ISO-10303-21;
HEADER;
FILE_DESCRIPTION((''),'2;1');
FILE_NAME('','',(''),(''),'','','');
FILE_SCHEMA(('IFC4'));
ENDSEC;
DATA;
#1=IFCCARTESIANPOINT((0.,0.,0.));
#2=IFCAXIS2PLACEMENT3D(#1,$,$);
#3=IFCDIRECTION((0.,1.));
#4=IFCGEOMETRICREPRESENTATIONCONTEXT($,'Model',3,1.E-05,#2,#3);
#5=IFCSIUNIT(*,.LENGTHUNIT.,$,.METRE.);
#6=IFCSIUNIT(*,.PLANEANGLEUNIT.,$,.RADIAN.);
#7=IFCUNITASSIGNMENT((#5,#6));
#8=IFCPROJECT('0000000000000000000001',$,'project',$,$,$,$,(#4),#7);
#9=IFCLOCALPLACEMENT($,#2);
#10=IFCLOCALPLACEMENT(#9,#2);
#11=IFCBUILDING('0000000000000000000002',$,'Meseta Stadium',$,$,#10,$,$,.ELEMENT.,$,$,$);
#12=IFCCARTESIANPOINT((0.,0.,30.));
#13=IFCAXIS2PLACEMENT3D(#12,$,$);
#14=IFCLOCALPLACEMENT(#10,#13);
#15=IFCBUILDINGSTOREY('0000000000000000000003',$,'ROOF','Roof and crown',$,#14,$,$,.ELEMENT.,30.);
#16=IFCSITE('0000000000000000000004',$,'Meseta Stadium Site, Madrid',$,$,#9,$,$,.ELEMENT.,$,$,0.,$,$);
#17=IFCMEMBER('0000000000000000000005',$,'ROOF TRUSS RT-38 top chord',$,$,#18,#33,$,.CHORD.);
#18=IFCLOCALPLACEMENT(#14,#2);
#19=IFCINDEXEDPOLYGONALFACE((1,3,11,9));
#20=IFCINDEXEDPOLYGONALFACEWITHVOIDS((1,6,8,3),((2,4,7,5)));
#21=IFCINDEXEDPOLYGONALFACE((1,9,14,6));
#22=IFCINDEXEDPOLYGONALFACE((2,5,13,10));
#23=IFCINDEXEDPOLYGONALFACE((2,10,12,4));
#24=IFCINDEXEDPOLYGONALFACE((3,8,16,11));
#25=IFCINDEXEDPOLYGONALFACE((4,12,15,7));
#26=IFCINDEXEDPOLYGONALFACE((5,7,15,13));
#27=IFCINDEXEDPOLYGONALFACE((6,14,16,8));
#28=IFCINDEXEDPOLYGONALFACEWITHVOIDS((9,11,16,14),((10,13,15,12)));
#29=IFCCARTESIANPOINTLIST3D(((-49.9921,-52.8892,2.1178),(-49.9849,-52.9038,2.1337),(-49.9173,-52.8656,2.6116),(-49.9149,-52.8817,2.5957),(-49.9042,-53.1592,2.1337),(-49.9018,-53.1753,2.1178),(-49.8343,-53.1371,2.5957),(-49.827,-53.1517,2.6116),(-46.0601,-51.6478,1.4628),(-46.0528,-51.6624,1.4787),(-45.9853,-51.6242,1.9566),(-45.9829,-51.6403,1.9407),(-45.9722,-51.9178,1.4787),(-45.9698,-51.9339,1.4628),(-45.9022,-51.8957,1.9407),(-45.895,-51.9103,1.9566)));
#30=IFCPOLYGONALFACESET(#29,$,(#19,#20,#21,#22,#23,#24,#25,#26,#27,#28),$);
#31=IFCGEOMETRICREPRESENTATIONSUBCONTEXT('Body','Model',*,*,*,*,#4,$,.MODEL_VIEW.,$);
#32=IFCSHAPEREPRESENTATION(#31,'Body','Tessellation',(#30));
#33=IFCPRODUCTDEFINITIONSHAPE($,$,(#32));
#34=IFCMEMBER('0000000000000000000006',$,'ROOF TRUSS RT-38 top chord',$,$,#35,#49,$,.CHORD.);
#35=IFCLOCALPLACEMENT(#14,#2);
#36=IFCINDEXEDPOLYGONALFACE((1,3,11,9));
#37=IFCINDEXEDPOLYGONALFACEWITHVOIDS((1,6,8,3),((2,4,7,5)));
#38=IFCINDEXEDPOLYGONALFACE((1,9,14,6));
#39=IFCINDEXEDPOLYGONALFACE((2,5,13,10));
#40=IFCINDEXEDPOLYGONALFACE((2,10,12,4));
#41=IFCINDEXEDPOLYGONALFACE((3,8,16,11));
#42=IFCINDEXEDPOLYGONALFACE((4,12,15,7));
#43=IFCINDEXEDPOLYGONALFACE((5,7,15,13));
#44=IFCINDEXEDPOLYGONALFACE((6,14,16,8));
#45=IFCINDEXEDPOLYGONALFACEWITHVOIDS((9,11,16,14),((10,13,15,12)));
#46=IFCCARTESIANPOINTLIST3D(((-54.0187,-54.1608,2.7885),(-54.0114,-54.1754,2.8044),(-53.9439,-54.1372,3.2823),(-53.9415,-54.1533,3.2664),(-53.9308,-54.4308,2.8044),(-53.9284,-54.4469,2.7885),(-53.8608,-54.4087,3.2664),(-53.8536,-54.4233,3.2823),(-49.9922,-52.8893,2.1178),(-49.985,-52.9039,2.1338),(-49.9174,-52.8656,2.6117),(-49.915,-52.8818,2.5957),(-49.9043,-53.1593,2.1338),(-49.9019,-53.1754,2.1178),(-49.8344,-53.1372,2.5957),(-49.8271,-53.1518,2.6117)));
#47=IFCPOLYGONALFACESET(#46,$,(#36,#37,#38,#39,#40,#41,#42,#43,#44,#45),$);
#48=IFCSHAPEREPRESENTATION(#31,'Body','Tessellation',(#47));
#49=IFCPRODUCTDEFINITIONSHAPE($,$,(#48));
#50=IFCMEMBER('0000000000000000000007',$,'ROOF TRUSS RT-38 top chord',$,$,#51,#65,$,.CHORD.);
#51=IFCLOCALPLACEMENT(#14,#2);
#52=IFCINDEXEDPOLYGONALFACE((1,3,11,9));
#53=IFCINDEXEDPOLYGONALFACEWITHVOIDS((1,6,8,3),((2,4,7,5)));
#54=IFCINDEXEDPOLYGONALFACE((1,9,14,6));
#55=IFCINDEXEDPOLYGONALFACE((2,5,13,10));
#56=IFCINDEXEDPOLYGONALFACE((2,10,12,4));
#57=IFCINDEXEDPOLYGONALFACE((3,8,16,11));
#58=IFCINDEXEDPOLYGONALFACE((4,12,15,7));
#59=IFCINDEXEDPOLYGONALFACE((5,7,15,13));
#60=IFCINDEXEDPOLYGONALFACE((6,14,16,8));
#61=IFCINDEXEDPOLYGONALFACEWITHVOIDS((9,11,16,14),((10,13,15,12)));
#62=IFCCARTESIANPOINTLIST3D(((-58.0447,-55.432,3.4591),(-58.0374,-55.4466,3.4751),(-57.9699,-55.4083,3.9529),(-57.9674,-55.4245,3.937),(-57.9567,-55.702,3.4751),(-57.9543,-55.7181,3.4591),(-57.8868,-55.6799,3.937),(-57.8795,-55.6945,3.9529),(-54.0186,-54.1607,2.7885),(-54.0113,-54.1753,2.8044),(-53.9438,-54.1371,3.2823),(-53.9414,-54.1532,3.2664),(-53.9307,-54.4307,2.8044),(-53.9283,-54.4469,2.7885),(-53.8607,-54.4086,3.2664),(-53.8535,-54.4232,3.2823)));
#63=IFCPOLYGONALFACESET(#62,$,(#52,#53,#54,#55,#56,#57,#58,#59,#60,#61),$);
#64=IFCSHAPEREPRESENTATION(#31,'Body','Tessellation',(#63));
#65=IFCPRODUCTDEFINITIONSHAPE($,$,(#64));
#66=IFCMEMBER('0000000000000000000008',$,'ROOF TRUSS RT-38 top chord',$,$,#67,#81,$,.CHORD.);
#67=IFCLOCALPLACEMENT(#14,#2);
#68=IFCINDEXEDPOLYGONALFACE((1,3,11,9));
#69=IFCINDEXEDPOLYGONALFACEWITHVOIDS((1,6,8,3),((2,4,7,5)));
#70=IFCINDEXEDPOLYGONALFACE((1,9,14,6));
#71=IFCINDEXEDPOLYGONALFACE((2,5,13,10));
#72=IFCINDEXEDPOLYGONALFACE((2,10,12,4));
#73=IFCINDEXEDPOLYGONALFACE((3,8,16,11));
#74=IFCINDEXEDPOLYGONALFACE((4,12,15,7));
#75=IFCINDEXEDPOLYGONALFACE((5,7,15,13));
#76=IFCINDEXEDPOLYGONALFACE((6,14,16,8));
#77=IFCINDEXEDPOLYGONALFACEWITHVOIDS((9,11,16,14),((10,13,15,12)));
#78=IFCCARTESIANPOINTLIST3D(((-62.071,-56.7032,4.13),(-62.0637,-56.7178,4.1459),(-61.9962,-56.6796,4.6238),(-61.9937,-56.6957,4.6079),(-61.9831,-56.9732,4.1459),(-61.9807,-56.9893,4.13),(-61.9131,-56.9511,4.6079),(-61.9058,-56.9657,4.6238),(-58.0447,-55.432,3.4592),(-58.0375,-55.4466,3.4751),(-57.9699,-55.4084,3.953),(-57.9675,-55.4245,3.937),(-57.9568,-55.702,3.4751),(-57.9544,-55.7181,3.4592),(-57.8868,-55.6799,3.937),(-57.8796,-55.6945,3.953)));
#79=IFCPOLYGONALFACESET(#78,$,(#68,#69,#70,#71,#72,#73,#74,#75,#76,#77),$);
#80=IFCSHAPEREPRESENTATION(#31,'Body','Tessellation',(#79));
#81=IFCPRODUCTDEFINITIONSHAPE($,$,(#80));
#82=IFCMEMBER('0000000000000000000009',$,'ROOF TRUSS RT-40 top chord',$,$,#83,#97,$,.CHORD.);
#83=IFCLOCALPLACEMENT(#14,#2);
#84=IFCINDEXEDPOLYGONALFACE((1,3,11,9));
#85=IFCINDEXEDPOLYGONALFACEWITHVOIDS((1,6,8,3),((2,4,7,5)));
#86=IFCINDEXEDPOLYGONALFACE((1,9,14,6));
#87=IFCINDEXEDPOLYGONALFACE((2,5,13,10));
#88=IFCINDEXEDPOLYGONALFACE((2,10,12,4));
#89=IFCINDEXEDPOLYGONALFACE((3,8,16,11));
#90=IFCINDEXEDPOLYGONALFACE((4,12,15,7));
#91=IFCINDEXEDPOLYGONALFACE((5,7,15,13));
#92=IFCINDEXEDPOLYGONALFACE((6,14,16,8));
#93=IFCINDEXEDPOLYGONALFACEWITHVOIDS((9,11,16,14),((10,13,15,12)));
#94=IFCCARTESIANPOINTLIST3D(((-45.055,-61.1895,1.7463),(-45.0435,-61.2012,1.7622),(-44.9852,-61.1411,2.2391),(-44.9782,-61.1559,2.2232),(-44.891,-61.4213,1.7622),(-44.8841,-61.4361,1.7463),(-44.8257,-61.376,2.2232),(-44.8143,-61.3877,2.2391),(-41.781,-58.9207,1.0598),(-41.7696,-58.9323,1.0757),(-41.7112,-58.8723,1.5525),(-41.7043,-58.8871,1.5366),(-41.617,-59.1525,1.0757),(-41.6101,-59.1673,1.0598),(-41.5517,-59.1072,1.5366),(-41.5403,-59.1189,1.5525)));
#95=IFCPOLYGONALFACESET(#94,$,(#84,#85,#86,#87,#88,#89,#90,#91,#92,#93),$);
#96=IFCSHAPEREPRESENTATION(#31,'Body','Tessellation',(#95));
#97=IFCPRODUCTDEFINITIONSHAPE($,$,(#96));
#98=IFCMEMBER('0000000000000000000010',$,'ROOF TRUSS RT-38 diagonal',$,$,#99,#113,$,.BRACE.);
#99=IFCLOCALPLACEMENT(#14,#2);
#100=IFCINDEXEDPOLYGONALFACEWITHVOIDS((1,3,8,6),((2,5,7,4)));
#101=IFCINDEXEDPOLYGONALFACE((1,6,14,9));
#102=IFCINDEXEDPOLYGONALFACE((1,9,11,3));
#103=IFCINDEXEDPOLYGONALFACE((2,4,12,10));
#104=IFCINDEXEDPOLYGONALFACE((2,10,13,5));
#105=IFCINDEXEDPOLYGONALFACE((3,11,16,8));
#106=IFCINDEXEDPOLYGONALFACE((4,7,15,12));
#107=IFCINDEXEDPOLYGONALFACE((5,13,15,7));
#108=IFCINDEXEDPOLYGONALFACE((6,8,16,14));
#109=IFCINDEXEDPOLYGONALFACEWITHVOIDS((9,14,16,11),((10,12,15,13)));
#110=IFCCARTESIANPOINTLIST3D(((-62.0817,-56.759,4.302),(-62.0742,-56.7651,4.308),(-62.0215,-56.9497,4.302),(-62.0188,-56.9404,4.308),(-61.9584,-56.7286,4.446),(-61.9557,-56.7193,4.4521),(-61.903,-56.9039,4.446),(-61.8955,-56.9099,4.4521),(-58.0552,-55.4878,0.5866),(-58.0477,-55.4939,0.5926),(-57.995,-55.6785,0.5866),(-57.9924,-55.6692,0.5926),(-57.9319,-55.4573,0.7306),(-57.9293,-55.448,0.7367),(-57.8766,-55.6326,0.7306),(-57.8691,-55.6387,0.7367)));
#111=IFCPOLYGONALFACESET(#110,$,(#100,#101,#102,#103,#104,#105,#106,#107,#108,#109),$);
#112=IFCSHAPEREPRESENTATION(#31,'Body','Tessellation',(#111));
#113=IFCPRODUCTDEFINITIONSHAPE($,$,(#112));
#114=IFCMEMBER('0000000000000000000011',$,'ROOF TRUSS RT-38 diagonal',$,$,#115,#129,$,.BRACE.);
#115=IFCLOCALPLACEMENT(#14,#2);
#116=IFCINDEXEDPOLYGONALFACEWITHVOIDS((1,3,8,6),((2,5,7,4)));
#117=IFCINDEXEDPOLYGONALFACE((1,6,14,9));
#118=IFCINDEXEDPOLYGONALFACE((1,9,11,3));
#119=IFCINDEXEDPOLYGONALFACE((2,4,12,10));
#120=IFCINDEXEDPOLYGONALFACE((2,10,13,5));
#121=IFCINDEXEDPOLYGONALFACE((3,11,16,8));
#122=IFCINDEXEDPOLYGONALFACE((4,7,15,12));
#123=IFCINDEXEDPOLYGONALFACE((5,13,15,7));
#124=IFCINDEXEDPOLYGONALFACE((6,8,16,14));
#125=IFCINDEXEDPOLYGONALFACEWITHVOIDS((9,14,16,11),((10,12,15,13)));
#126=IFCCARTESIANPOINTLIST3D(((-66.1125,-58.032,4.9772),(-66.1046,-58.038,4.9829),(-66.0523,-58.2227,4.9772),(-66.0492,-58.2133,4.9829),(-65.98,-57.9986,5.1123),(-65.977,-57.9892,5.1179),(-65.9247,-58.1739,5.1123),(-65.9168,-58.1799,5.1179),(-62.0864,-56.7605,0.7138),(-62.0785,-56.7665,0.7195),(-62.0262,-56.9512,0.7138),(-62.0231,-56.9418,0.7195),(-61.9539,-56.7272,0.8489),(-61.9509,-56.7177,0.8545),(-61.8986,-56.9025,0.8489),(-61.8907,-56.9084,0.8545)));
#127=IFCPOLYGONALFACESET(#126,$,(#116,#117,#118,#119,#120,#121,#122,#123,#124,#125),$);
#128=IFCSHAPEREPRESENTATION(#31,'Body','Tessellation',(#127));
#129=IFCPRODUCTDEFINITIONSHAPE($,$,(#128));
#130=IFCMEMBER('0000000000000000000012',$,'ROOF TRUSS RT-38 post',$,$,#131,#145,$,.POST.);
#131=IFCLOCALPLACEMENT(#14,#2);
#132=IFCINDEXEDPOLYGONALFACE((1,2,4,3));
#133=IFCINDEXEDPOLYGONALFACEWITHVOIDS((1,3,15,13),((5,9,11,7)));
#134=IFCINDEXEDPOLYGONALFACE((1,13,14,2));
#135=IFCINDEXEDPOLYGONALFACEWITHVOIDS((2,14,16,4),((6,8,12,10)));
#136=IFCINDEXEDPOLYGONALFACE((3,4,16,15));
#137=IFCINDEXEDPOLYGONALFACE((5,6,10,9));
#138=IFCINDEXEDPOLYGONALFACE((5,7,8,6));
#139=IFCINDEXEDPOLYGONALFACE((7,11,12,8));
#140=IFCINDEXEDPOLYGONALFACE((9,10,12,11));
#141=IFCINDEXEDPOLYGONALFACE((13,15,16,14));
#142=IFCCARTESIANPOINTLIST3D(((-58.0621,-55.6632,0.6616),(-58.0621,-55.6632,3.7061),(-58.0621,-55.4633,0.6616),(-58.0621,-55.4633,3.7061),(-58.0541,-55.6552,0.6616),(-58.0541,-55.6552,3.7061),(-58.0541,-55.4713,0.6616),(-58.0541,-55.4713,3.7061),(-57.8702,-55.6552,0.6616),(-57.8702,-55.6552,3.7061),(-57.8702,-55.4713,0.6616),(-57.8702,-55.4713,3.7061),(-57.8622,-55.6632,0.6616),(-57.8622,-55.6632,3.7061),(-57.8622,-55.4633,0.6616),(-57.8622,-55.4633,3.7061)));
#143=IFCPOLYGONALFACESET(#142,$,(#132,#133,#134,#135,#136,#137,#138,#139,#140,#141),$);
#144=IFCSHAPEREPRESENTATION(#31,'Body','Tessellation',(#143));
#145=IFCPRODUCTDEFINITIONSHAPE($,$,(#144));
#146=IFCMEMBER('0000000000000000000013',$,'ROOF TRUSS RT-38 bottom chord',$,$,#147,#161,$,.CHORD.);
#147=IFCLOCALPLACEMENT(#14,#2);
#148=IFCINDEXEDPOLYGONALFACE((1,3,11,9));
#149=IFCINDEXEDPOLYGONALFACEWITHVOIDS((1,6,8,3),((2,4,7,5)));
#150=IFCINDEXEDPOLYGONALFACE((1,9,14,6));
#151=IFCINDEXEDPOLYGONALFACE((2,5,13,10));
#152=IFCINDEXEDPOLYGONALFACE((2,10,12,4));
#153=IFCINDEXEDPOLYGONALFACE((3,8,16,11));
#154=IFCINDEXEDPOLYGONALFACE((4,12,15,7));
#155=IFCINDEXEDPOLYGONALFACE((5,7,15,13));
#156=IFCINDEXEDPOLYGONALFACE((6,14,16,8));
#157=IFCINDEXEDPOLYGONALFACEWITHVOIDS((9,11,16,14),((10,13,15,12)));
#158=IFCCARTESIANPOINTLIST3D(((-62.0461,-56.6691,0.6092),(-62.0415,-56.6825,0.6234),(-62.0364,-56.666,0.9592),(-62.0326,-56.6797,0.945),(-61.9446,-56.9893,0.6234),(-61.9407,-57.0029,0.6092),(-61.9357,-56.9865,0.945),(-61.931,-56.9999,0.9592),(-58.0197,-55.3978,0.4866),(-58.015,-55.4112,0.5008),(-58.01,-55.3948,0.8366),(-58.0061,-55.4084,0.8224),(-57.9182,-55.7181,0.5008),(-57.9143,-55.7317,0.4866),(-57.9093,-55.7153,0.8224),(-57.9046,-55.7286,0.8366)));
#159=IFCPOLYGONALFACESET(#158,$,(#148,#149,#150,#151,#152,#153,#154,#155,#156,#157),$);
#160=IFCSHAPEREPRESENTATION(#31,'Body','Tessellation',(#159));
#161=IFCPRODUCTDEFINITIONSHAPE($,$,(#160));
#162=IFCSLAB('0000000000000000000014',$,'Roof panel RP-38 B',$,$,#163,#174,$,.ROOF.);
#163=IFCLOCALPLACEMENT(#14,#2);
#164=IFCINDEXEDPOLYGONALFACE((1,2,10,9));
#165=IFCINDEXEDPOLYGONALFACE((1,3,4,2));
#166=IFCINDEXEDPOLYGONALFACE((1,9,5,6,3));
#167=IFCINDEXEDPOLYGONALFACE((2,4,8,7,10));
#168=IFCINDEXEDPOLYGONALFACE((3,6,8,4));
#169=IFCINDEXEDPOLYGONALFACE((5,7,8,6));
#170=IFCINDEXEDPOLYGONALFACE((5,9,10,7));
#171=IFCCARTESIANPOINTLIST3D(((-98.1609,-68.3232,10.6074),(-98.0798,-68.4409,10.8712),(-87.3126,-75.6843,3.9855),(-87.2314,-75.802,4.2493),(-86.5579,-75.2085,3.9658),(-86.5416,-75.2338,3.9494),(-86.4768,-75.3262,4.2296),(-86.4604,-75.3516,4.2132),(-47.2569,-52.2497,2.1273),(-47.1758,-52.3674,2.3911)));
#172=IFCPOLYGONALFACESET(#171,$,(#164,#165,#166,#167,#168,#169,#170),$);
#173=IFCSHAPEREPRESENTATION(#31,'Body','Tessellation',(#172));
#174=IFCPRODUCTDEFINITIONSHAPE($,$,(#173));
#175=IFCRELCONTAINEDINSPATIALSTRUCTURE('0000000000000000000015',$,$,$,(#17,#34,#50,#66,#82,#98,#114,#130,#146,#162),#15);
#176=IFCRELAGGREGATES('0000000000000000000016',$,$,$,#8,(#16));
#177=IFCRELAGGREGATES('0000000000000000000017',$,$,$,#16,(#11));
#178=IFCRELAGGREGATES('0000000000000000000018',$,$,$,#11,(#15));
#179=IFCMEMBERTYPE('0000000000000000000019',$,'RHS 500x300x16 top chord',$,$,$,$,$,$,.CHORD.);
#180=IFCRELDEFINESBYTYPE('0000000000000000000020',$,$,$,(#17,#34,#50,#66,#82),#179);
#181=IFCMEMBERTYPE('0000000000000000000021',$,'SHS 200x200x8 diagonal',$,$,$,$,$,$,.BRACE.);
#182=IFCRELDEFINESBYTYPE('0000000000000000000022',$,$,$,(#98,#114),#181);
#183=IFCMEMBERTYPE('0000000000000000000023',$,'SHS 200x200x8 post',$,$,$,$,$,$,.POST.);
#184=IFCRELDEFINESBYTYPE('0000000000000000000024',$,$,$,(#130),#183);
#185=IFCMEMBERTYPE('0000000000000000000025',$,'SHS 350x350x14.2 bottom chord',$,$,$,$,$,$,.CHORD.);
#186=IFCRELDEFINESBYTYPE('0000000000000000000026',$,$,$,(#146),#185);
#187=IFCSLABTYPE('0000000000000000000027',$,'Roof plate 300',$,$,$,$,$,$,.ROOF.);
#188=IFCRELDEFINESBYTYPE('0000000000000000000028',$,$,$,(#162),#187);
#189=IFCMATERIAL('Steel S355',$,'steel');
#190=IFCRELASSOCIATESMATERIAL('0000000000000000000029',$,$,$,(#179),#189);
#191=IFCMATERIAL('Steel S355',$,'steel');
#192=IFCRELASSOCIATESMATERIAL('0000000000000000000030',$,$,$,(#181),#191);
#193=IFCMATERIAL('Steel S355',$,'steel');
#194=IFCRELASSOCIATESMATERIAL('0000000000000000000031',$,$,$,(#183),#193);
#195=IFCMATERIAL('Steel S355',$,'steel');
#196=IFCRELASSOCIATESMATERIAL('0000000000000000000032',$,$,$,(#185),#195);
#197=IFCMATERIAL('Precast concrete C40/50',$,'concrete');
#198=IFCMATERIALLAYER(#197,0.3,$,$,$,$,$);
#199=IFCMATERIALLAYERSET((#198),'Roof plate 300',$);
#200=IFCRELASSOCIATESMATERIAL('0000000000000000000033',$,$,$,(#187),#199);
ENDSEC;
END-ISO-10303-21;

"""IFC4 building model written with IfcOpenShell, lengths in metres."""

from ifc_helpers import new_model, si_unit, direction, frame, origin, origin_2d, place, context, subcontext, project, spatial, polyline, hollow_rectangle, outline, extrude, material, layer, layer_set, material_profile, profile_set, type_object, element, save


model = new_model("IFC4")

# Units and contexts
model_context = context("Model", 3, precision=1e-05, world=origin(), true_north=direction((0.0, 1.0)))
body_context = subcontext(model_context, "Body", "Model", "MODEL_VIEW")
ifc_project = project(units=[si_unit("LENGTHUNIT", "METRE"), si_unit("PLANEANGLEUNIT", "RADIAN")], contexts=[model_context])

# Site, building, storey
site_placement = place(None, origin())
site = spatial("IfcSite", under=ifc_project, at=site_placement, Name="Meseta Stadium Site, Madrid", CompositionType="ELEMENT", RefElevation=0.0)
building_placement = place(site_placement, origin())
building = spatial("IfcBuilding", under=site, at=building_placement, Name="Meseta Stadium", CompositionType="ELEMENT")
storey_placement = place(building_placement, frame((0.0, 0.0, 30.0)))
storey = spatial("IfcBuildingStorey", under=building, at=storey_placement, Name="ROOF", Description="Roof and crown", CompositionType="ELEMENT", Elevation=30.0)

# Members
ifc_material_1 = material(Name="Steel S355", Category="steel")
ifc_material_profile_1 = material_profile(ifc_material_1, hollow_rectangle(XDim=0.3, YDim=0.5, WallThickness=0.0161, at=origin_2d()), Name="RHS 500x300x16")
ifc_profile_set_1 = profile_set([ifc_material_profile_1], Name="Steel S355")
member_type_1 = type_object("IfcMemberType", Name="RHS 500x300x16 top chord", PredefinedType="CHORD", material=ifc_profile_set_1)
member_1_placement = place(storey_placement, frame((-45.9775, -51.7791, 1.7097), z_axis=(-0.941793, -0.297344, 0.156887), x_axis=(0.301072, -0.953601, 0.0)))
element("IfcMember", 1, at=member_1_placement, inside=storey, type_object=member_type_1, Name="ROOF TRUSS RT-38 top chord", PredefinedType="CHORD", context=body_context, shape_type="SweptSolid", body=[
    extrude(hollow_rectangle(XDim=0.3, YDim=0.5, WallThickness=0.0161, at=origin_2d()), origin(), (0.0, 0.0, 1.0), 4.175),
])
member_2_placement = place(storey_placement, frame((-49.9097, -53.0205, 2.3647), z_axis=(-0.941777, -0.297403, 0.156868), x_axis=(0.301131, -0.953583, 0.0)))
element("IfcMember", 2, at=member_2_placement, inside=storey, type_object=member_type_1, Name="ROOF TRUSS RT-38 top chord", PredefinedType="CHORD", context=body_context, shape_type="SweptSolid", body=[
    extrude(hollow_rectangle(XDim=0.3, YDim=0.5, WallThickness=0.0161, at=origin_2d()), origin(), (0.0, 0.0, 1.0), 4.2754),
])
member_3_placement = place(storey_placement, frame((-53.936, -54.292, 3.0354), z_axis=(-0.941787, -0.297367, 0.156879), x_axis=(0.301095, -0.953594, 0.0)))
element("IfcMember", 3, at=member_3_placement, inside=storey, type_object=member_type_1, Name="ROOF TRUSS RT-38 top chord", PredefinedType="CHORD", context=body_context, shape_type="SweptSolid", body=[
    extrude(hollow_rectangle(XDim=0.3, YDim=0.5, WallThickness=0.0161, at=origin_2d()), origin(), (0.0, 0.0, 1.0), 4.2749),
])
member_4_placement = place(storey_placement, frame((-57.9622, -55.5632, 3.7061), z_axis=(-0.941785, -0.297349, 0.156926), x_axis=(0.301079, -0.953599, 0.0)))
element("IfcMember", 4, at=member_4_placement, inside=storey, type_object=member_type_1, Name="ROOF TRUSS RT-38 top chord", PredefinedType="CHORD", context=body_context, shape_type="SweptSolid", body=[
    extrude(hollow_rectangle(XDim=0.3, YDim=0.5, WallThickness=0.0161, at=origin_2d()), origin(), (0.0, 0.0, 1.0), 4.2751),
])
member_5_placement = place(storey_placement, frame((-41.6606, -59.0198, 1.3062), z_axis=(-0.809987, -0.561313, 0.16985), x_axis=(0.569589, -0.82193, 0.0)))
element("IfcMember", 5, at=member_5_placement, inside=storey, type_object=member_type_1, Name="ROOF TRUSS RT-40 top chord", PredefinedType="CHORD", context=body_context, shape_type="SweptSolid", body=[
    extrude(hollow_rectangle(XDim=0.3, YDim=0.5, WallThickness=0.0161, at=origin_2d()), origin(), (0.0, 0.0, 1.0), 4.042),
])
ifc_material_2 = material(Name="Steel S355", Category="steel")
ifc_material_profile_2 = material_profile(ifc_material_2, hollow_rectangle(XDim=0.2, YDim=0.2, WallThickness=0.0081, at=origin_2d()), Name="SHS 200x200x8")
ifc_profile_set_2 = profile_set([ifc_material_profile_2], Name="Steel S355")
member_type_2 = type_object("IfcMemberType", Name="SHS 200x200x8 diagonal", PredefinedType="BRACE", material=ifc_profile_set_2)
member_6_placement = place(storey_placement, frame((-57.9622, -55.5632, 0.6616), z_axis=(-0.715903, -0.226031, 0.6606), x_axis=(0.301079, -0.953599, 0.0)))
element("IfcMember", 6, at=member_6_placement, inside=storey, type_object=member_type_2, Name="ROOF TRUSS RT-38 diagonal", PredefinedType="BRACE", context=body_context, shape_type="SweptSolid", body=[
    extrude(hollow_rectangle(XDim=0.2, YDim=0.2, WallThickness=0.0081, at=origin_2d()), origin(), (0.0, 0.0, 1.0), 5.6243),
])
member_7_placement = place(storey_placement, frame((-61.9885, -56.8345, 0.7842), z_axis=(-0.670991, -0.211905, 0.71054), x_axis=(0.301148, -0.953577, 0.0)))
element("IfcMember", 7, at=member_7_placement, inside=storey, type_object=member_type_2, Name="ROOF TRUSS RT-38 diagonal", PredefinedType="BRACE", context=body_context, shape_type="SweptSolid", body=[
    extrude(hollow_rectangle(XDim=0.2, YDim=0.2, WallThickness=0.0081, at=origin_2d()), origin(), (0.0, 0.0, 1.0), 6.0002),
])
ifc_material_3 = material(Name="Steel S355", Category="steel")
ifc_material_profile_3 = material_profile(ifc_material_3, hollow_rectangle(XDim=0.2, YDim=0.2, WallThickness=0.0081, at=origin_2d()), Name="SHS 200x200x8")
ifc_profile_set_3 = profile_set([ifc_material_profile_3], Name="Steel S355")
member_type_3 = type_object("IfcMemberType", Name="SHS 200x200x8 post", PredefinedType="POST", material=ifc_profile_set_3)
member_8_placement = place(storey_placement, frame((-57.9622, -55.5632, 0.6616), z_axis=(0.0, 0.0, 1.0), x_axis=(1.0, 0.0, 0.0)))
element("IfcMember", 8, at=member_8_placement, inside=storey, type_object=member_type_3, Name="ROOF TRUSS RT-38 post", PredefinedType="POST", context=body_context, shape_type="SweptSolid", body=[
    extrude(hollow_rectangle(XDim=0.2, YDim=0.2, WallThickness=0.0081, at=origin_2d()), origin(), (0.0, 0.0, 1.0), 3.0444),
])
ifc_material_4 = material(Name="Steel S355", Category="steel")
ifc_material_profile_4 = material_profile(ifc_material_4, hollow_rectangle(XDim=0.3501, YDim=0.3501, WallThickness=0.0142, at=origin_2d()), Name="SHS 350x350x14.2")
ifc_profile_set_4 = profile_set([ifc_material_profile_4], Name="Steel S355")
member_type_4 = type_object("IfcMemberType", Name="SHS 350x350x14.2 bottom chord", PredefinedType="CHORD", material=ifc_profile_set_4)
member_9_placement = place(storey_placement, frame((-57.9622, -55.5632, 0.6616), z_axis=(-0.953198, -0.300952, 0.029014), x_axis=(0.301079, -0.953599, 0.0)))
element("IfcMember", 9, at=member_9_placement, inside=storey, type_object=member_type_4, Name="ROOF TRUSS RT-38 bottom chord", PredefinedType="CHORD", context=body_context, shape_type="SweptSolid", body=[
    extrude(hollow_rectangle(XDim=0.3501, YDim=0.3501, WallThickness=0.0142, at=origin_2d()), origin(), (0.0, 0.0, 1.0), 4.2241),
])

# Slab
ifc_material_5 = material(Name="Precast concrete C40/50", Category="concrete")
ifc_layer = layer(ifc_material_5, 0.3)
ifc_layer_set = layer_set([ifc_layer], Name="Roof plate 300")
slab_type = type_object("IfcSlabType", Name="Roof plate 300", PredefinedType="ROOF", material=ifc_layer_set)
slab_placement = place(storey_placement, frame((-47.1758, -52.3674, 2.3911), z_axis=(0.270368, -0.392418, 0.879153), x_axis=(-0.941781, -0.297378, 0.15689)))
element("IfcSlab", 10, at=slab_placement, inside=storey, type_object=slab_type, Name="Roof panel RP-38 B", PredefinedType="ROOF", context=body_context, shape_type="SweptSolid", body=[
    extrude(outline(polyline([(0.0, 0.0), (54.0508, 0.0), (44.9841, 11.555), (44.1184, 11.3333), (44.1288, 11.3005), (0.0, 0.0)])), origin(), (0.0, 0.0, -1.0), 0.3),
])

save(model, "model.ifc")
